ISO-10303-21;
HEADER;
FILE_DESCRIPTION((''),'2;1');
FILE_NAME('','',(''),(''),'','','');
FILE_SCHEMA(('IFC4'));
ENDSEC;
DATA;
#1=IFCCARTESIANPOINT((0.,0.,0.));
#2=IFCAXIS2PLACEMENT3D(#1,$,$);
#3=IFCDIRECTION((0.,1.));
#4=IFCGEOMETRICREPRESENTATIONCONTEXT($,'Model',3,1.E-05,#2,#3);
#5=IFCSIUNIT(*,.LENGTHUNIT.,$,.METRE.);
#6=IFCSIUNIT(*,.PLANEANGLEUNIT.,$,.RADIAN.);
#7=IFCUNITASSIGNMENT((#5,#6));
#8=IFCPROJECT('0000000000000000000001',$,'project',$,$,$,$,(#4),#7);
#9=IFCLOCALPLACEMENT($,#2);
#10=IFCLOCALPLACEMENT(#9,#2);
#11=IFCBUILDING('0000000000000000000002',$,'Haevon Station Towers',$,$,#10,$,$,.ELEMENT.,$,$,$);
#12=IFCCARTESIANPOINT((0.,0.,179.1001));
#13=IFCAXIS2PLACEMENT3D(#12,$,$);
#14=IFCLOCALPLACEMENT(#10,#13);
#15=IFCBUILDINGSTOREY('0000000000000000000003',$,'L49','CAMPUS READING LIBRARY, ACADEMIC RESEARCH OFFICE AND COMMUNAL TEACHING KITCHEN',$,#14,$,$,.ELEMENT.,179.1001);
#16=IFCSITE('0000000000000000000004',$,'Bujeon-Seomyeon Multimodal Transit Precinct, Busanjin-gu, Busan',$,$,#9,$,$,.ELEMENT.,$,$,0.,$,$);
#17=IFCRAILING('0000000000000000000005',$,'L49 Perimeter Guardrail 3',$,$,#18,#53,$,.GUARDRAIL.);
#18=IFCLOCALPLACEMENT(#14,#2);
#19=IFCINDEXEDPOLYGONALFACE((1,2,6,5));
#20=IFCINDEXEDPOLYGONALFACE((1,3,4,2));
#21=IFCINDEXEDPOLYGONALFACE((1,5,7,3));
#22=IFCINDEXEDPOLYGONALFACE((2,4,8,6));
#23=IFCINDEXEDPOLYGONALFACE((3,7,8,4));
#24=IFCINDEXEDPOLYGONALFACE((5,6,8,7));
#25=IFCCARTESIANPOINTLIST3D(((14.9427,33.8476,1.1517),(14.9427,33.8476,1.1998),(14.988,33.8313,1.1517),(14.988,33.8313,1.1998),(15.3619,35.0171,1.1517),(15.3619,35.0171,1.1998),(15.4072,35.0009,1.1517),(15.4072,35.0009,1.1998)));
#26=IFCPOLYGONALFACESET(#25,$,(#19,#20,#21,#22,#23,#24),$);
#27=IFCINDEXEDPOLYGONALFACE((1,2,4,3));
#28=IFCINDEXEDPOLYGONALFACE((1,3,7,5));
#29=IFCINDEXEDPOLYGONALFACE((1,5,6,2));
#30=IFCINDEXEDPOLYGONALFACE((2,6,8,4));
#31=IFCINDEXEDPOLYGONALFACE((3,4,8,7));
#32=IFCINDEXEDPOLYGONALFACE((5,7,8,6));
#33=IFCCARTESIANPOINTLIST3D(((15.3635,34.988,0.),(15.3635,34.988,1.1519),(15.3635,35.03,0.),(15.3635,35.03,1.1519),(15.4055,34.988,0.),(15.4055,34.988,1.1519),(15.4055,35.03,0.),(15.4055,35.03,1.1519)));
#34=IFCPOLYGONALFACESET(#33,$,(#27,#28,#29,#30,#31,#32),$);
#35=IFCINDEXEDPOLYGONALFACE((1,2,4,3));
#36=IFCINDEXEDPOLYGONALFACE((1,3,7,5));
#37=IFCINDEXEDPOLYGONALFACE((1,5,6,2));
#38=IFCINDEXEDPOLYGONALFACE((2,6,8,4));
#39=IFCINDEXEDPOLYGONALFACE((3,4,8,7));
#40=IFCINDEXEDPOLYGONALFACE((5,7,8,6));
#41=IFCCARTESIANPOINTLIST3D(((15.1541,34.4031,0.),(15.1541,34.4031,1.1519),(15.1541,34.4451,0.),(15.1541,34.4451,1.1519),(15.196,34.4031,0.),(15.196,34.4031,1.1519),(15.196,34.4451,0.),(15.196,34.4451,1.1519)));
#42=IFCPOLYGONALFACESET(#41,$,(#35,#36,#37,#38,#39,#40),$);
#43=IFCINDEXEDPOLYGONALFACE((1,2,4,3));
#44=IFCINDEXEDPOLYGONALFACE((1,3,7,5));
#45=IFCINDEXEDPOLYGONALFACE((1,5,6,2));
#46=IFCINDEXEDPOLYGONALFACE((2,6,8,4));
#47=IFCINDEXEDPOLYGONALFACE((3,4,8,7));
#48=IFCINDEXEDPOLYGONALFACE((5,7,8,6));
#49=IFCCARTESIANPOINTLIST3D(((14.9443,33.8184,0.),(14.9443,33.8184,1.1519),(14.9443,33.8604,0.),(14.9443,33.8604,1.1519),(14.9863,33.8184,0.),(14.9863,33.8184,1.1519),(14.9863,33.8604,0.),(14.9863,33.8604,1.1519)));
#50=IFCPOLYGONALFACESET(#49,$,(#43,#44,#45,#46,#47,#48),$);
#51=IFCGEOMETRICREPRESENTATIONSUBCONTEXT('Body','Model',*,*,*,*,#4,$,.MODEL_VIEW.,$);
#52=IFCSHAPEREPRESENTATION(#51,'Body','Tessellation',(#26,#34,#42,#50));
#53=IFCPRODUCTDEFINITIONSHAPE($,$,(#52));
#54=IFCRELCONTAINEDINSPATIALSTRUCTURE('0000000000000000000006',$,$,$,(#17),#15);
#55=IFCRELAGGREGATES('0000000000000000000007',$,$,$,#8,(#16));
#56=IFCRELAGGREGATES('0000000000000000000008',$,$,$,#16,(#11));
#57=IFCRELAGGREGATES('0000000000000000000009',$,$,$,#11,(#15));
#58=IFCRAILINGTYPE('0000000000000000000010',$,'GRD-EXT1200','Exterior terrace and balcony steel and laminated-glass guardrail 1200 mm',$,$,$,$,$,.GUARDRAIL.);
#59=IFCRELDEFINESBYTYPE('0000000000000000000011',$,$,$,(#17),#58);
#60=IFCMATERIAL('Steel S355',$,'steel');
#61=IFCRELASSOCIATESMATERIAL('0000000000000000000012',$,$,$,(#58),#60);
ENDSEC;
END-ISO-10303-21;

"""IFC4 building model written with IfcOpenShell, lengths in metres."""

from ifc_helpers import new_model, si_unit, direction, frame, origin, origin_2d, place, context, subcontext, project, spatial, rectangle, extrude, material, type_object, element, save


model = new_model("IFC4")

# Units and contexts
model_context = context("Model", 3, precision=1e-05, world=origin(), true_north=direction((0.0, 1.0)))
body_context = subcontext(model_context, "Body", "Model", "MODEL_VIEW")
ifc_project = project(units=[si_unit("LENGTHUNIT", "METRE"), si_unit("PLANEANGLEUNIT", "RADIAN")], contexts=[model_context])

# Site, building, storey
site_placement = place(None, origin())
site = spatial("IfcSite", under=ifc_project, at=site_placement, Name="Bujeon-Seomyeon Multimodal Transit Precinct, Busanjin-gu, Busan", CompositionType="ELEMENT", RefElevation=0.0)
building_placement = place(site_placement, origin())
building = spatial("IfcBuilding", under=site, at=building_placement, Name="Haevon Station Towers", CompositionType="ELEMENT")
storey_placement = place(building_placement, frame((0.0, 0.0, 179.1001)))
storey = spatial("IfcBuildingStorey", under=building, at=storey_placement, Name="L49", Description="CAMPUS READING LIBRARY, ACADEMIC RESEARCH OFFICE AND COMMUNAL TEACHING KITCHEN", CompositionType="ELEMENT", Elevation=179.1001)

# Shared definitions
ifc_material_1 = material(Name="Steel S355", Category="steel")

# Railing
railing_type = type_object("IfcRailingType", Name="GRD-EXT1200", Description="Exterior terrace and balcony steel and laminated-glass guardrail 1200 mm", PredefinedType="GUARDRAIL", material=ifc_material_1)
railing_1_placement = place(storey_placement, frame((15.3845, 35.009, 0.0)))
element("IfcRailing", 1, at=railing_1_placement, inside=storey, type_object=railing_type, Name="L49 Perimeter Guardrail 3", PredefinedType="GUARDRAIL", context=body_context, shape_type="SweptSolid", body=[
    extrude(rectangle(XDim=0.0481, YDim=0.0481, at=origin_2d()), frame((0.0, 0.0, 1.1758), z_axis=(-0.337369, -0.941372, 0.0), x_axis=(0.941372, -0.337369, 0.0)), (0.0, 0.0, 1.0), 1.2424),
    extrude(rectangle(XDim=0.042, YDim=0.042, at=origin_2d()), origin(), (0.0, 0.0, 1.0), 1.1519),
    extrude(rectangle(XDim=0.042, YDim=0.042, at=origin_2d()), frame((-0.2095, -0.585, 0.0)), (0.0, 0.0, 1.0), 1.1519),
    extrude(rectangle(XDim=0.042, YDim=0.042, at=origin_2d()), frame((-0.4192, -1.1697, 0.0)), (0.0, 0.0, 1.0), 1.1519),
])

save(model, "model.ifc")
